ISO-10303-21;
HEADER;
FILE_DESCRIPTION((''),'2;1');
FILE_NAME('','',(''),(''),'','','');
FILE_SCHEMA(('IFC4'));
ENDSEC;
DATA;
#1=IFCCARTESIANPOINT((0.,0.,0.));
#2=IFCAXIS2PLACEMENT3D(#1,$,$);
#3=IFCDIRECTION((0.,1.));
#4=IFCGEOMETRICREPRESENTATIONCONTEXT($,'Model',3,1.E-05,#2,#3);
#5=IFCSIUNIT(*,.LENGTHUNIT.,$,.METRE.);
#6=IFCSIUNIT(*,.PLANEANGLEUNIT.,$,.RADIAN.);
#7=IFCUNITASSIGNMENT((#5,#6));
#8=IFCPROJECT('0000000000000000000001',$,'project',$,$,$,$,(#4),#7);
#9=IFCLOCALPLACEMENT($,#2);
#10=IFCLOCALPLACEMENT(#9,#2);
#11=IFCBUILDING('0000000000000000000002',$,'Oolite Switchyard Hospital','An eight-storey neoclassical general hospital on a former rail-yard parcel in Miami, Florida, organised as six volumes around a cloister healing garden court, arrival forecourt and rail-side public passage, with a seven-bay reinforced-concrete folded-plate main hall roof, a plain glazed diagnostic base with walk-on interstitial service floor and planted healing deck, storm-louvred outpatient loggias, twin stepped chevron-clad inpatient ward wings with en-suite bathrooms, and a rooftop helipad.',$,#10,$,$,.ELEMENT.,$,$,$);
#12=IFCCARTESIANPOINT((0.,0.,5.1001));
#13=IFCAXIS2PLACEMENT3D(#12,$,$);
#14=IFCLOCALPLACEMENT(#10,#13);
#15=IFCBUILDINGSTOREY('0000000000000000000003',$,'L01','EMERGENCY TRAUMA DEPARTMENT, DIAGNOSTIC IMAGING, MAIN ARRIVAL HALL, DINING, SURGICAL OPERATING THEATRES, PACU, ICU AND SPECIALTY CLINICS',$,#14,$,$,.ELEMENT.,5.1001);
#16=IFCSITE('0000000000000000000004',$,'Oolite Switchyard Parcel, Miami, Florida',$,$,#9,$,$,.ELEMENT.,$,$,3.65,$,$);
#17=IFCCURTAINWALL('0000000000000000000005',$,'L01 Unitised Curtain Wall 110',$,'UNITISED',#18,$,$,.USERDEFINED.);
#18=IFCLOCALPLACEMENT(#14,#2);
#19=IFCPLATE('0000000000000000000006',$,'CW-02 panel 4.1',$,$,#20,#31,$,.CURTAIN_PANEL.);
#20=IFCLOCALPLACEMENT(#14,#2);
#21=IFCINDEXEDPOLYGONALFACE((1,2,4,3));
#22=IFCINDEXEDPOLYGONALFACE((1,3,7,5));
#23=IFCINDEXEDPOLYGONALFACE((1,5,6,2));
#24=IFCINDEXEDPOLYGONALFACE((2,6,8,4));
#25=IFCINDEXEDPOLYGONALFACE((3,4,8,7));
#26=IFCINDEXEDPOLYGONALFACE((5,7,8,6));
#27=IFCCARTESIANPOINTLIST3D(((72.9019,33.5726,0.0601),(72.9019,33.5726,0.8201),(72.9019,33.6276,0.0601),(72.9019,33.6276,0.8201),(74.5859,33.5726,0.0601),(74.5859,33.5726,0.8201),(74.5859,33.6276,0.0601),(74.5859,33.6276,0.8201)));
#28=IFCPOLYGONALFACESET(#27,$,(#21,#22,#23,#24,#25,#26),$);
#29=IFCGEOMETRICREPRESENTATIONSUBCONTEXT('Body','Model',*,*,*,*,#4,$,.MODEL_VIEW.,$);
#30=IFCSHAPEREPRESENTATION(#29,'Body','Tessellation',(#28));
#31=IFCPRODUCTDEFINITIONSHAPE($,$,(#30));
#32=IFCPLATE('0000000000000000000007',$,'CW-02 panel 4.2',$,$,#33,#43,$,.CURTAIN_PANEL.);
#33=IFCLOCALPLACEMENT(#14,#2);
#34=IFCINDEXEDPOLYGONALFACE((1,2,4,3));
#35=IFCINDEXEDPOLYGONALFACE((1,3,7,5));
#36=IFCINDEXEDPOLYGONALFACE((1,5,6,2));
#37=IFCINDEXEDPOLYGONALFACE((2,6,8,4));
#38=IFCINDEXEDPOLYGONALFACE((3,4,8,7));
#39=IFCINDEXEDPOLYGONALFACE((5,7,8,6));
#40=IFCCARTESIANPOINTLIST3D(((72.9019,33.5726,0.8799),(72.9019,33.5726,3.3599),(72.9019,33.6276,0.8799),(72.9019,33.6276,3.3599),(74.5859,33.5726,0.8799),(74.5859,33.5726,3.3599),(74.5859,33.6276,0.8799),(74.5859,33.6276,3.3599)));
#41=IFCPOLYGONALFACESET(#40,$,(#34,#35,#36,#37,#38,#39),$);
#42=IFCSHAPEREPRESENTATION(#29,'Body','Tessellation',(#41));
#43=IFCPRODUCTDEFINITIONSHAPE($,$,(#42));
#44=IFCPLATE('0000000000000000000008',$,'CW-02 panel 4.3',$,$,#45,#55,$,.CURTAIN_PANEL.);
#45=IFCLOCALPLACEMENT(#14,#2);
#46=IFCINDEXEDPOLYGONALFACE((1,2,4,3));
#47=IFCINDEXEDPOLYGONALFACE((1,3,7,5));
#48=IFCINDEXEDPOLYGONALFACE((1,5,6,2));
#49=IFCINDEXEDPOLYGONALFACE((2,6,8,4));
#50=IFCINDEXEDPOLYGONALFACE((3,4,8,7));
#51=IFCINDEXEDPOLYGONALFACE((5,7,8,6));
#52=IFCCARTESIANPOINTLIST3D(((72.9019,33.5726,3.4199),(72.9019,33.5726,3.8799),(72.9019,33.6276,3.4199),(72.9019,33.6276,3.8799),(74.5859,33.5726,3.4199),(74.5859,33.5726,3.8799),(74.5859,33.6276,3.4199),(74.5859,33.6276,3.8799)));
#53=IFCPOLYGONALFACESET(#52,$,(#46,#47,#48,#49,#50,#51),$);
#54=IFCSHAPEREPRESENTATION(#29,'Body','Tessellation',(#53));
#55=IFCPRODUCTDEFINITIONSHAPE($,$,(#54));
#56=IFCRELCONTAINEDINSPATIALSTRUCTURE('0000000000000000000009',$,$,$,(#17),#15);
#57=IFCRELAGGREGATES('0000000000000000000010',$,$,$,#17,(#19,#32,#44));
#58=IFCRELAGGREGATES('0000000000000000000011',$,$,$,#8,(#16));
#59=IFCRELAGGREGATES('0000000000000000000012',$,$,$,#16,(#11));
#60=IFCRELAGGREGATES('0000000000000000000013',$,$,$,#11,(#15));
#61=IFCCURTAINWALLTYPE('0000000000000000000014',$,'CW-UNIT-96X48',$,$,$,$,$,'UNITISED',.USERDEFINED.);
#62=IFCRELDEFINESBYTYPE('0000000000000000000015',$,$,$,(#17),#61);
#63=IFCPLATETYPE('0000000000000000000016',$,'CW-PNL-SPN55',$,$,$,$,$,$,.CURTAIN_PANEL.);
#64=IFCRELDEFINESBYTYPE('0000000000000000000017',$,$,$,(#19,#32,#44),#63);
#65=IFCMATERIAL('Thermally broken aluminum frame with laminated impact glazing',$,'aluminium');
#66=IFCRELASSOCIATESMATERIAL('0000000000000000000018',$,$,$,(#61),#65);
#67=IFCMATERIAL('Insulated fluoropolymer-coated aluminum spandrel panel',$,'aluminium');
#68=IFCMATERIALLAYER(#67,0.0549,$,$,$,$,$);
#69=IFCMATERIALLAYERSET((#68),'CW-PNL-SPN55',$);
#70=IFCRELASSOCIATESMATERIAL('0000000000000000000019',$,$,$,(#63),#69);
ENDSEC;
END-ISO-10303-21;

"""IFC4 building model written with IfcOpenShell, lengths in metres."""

from ifc_helpers import new_model, si_unit, direction, frame, origin, origin_2d, place, context, subcontext, project, spatial, rectangle, extrude, material, layer, layer_set, type_object, element, aggregate, save


model = new_model("IFC4")

# Units and contexts
model_context = context("Model", 3, precision=1e-05, world=origin(), true_north=direction((0.0, 1.0)))
body_context = subcontext(model_context, "Body", "Model", "MODEL_VIEW")
ifc_project = project(units=[si_unit("LENGTHUNIT", "METRE"), si_unit("PLANEANGLEUNIT", "RADIAN")], contexts=[model_context])

# Site, building, storey
site_placement = place(None, origin())
site = spatial("IfcSite", under=ifc_project, at=site_placement, Name="Oolite Switchyard Parcel, Miami, Florida", CompositionType="ELEMENT", RefElevation=3.65)
building_placement = place(site_placement, origin())
building = spatial("IfcBuilding", under=site, at=building_placement, Name="Oolite Switchyard Hospital", Description="An eight-storey neoclassical general hospital on a former rail-yard parcel in Miami, Florida, organised as six volumes around a cloister healing garden court, arrival forecourt and rail-side public passage, with a seven-bay reinforced-concrete folded-plate main hall roof, a plain glazed diagnostic base with walk-on interstitial service floor and planted healing deck, storm-louvred outpatient loggias, twin stepped chevron-clad inpatient ward wings with en-suite bathrooms, and a rooftop helipad.", CompositionType="ELEMENT")
storey_placement = place(building_placement, frame((0.0, 0.0, 5.1001)))
storey = spatial("IfcBuildingStorey", under=building, at=storey_placement, Name="L01", Description="EMERGENCY TRAUMA DEPARTMENT, DIAGNOSTIC IMAGING, MAIN ARRIVAL HALL, DINING, SURGICAL OPERATING THEATRES, PACU, ICU AND SPECIALTY CLINICS", CompositionType="ELEMENT", Elevation=5.1001)

# Curtain wall, plates
ifc_material_1 = material(Name="Thermally broken aluminum frame with laminated impact glazing", Category="aluminium")
curtain_wall_type = type_object("IfcCurtainWallType", Name="CW-UNIT-96X48", ElementType="UNITISED", PredefinedType="USERDEFINED", material=ifc_material_1)
curtain_wall_placement = place(storey_placement, origin())
curtain_wall = element("IfcCurtainWall", 1, at=curtain_wall_placement, inside=storey, type_object=curtain_wall_type, Name="L01 Unitised Curtain Wall 110", ObjectType="UNITISED", PredefinedType="USERDEFINED")
ifc_material_2 = material(Name="Insulated fluoropolymer-coated aluminum spandrel panel", Category="aluminium")
ifc_layer = layer(ifc_material_2, 0.0549)
ifc_layer_set = layer_set([ifc_layer], Name="CW-PNL-SPN55")
plate_type = type_object("IfcPlateType", Name="CW-PNL-SPN55", PredefinedType="CURTAIN_PANEL", material=ifc_layer_set)
plate_1_placement = place(storey_placement, frame((73.7439, 33.6001, 0.0601), z_axis=(0.0, 0.0, 1.0), x_axis=(1.0, 0.0, 0.0)))
plate_1 = element("IfcPlate", 2, at=plate_1_placement, type_object=plate_type, Name="CW-02 panel 4.1", PredefinedType="CURTAIN_PANEL", context=body_context, shape_type="SweptSolid", body=[
    extrude(rectangle(XDim=1.6841, YDim=0.0549, at=origin_2d()), origin(), (0.0, 0.0, 1.0), 0.76),
])
plate_2_placement = place(storey_placement, frame((73.7439, 33.6001, 0.8799), z_axis=(0.0, 0.0, 1.0), x_axis=(1.0, 0.0, 0.0)))
plate_2 = element("IfcPlate", 3, at=plate_2_placement, type_object=plate_type, Name="CW-02 panel 4.2", PredefinedType="CURTAIN_PANEL", context=body_context, shape_type="SweptSolid", body=[
    extrude(rectangle(XDim=1.6841, YDim=0.0549, at=origin_2d()), origin(), (0.0, 0.0, 1.0), 2.48),
])
plate_3_placement = place(storey_placement, frame((73.7439, 33.6001, 3.4199), z_axis=(0.0, 0.0, 1.0), x_axis=(1.0, 0.0, 0.0)))
plate_3 = element("IfcPlate", 4, at=plate_3_placement, type_object=plate_type, Name="CW-02 panel 4.3", PredefinedType="CURTAIN_PANEL", context=body_context, shape_type="SweptSolid", body=[
    extrude(rectangle(XDim=1.6841, YDim=0.0549, at=origin_2d()), origin(), (0.0, 0.0, 1.0), 0.46),
])
aggregate(curtain_wall, [plate_1, plate_2, plate_3])

save(model, "model.ifc")
